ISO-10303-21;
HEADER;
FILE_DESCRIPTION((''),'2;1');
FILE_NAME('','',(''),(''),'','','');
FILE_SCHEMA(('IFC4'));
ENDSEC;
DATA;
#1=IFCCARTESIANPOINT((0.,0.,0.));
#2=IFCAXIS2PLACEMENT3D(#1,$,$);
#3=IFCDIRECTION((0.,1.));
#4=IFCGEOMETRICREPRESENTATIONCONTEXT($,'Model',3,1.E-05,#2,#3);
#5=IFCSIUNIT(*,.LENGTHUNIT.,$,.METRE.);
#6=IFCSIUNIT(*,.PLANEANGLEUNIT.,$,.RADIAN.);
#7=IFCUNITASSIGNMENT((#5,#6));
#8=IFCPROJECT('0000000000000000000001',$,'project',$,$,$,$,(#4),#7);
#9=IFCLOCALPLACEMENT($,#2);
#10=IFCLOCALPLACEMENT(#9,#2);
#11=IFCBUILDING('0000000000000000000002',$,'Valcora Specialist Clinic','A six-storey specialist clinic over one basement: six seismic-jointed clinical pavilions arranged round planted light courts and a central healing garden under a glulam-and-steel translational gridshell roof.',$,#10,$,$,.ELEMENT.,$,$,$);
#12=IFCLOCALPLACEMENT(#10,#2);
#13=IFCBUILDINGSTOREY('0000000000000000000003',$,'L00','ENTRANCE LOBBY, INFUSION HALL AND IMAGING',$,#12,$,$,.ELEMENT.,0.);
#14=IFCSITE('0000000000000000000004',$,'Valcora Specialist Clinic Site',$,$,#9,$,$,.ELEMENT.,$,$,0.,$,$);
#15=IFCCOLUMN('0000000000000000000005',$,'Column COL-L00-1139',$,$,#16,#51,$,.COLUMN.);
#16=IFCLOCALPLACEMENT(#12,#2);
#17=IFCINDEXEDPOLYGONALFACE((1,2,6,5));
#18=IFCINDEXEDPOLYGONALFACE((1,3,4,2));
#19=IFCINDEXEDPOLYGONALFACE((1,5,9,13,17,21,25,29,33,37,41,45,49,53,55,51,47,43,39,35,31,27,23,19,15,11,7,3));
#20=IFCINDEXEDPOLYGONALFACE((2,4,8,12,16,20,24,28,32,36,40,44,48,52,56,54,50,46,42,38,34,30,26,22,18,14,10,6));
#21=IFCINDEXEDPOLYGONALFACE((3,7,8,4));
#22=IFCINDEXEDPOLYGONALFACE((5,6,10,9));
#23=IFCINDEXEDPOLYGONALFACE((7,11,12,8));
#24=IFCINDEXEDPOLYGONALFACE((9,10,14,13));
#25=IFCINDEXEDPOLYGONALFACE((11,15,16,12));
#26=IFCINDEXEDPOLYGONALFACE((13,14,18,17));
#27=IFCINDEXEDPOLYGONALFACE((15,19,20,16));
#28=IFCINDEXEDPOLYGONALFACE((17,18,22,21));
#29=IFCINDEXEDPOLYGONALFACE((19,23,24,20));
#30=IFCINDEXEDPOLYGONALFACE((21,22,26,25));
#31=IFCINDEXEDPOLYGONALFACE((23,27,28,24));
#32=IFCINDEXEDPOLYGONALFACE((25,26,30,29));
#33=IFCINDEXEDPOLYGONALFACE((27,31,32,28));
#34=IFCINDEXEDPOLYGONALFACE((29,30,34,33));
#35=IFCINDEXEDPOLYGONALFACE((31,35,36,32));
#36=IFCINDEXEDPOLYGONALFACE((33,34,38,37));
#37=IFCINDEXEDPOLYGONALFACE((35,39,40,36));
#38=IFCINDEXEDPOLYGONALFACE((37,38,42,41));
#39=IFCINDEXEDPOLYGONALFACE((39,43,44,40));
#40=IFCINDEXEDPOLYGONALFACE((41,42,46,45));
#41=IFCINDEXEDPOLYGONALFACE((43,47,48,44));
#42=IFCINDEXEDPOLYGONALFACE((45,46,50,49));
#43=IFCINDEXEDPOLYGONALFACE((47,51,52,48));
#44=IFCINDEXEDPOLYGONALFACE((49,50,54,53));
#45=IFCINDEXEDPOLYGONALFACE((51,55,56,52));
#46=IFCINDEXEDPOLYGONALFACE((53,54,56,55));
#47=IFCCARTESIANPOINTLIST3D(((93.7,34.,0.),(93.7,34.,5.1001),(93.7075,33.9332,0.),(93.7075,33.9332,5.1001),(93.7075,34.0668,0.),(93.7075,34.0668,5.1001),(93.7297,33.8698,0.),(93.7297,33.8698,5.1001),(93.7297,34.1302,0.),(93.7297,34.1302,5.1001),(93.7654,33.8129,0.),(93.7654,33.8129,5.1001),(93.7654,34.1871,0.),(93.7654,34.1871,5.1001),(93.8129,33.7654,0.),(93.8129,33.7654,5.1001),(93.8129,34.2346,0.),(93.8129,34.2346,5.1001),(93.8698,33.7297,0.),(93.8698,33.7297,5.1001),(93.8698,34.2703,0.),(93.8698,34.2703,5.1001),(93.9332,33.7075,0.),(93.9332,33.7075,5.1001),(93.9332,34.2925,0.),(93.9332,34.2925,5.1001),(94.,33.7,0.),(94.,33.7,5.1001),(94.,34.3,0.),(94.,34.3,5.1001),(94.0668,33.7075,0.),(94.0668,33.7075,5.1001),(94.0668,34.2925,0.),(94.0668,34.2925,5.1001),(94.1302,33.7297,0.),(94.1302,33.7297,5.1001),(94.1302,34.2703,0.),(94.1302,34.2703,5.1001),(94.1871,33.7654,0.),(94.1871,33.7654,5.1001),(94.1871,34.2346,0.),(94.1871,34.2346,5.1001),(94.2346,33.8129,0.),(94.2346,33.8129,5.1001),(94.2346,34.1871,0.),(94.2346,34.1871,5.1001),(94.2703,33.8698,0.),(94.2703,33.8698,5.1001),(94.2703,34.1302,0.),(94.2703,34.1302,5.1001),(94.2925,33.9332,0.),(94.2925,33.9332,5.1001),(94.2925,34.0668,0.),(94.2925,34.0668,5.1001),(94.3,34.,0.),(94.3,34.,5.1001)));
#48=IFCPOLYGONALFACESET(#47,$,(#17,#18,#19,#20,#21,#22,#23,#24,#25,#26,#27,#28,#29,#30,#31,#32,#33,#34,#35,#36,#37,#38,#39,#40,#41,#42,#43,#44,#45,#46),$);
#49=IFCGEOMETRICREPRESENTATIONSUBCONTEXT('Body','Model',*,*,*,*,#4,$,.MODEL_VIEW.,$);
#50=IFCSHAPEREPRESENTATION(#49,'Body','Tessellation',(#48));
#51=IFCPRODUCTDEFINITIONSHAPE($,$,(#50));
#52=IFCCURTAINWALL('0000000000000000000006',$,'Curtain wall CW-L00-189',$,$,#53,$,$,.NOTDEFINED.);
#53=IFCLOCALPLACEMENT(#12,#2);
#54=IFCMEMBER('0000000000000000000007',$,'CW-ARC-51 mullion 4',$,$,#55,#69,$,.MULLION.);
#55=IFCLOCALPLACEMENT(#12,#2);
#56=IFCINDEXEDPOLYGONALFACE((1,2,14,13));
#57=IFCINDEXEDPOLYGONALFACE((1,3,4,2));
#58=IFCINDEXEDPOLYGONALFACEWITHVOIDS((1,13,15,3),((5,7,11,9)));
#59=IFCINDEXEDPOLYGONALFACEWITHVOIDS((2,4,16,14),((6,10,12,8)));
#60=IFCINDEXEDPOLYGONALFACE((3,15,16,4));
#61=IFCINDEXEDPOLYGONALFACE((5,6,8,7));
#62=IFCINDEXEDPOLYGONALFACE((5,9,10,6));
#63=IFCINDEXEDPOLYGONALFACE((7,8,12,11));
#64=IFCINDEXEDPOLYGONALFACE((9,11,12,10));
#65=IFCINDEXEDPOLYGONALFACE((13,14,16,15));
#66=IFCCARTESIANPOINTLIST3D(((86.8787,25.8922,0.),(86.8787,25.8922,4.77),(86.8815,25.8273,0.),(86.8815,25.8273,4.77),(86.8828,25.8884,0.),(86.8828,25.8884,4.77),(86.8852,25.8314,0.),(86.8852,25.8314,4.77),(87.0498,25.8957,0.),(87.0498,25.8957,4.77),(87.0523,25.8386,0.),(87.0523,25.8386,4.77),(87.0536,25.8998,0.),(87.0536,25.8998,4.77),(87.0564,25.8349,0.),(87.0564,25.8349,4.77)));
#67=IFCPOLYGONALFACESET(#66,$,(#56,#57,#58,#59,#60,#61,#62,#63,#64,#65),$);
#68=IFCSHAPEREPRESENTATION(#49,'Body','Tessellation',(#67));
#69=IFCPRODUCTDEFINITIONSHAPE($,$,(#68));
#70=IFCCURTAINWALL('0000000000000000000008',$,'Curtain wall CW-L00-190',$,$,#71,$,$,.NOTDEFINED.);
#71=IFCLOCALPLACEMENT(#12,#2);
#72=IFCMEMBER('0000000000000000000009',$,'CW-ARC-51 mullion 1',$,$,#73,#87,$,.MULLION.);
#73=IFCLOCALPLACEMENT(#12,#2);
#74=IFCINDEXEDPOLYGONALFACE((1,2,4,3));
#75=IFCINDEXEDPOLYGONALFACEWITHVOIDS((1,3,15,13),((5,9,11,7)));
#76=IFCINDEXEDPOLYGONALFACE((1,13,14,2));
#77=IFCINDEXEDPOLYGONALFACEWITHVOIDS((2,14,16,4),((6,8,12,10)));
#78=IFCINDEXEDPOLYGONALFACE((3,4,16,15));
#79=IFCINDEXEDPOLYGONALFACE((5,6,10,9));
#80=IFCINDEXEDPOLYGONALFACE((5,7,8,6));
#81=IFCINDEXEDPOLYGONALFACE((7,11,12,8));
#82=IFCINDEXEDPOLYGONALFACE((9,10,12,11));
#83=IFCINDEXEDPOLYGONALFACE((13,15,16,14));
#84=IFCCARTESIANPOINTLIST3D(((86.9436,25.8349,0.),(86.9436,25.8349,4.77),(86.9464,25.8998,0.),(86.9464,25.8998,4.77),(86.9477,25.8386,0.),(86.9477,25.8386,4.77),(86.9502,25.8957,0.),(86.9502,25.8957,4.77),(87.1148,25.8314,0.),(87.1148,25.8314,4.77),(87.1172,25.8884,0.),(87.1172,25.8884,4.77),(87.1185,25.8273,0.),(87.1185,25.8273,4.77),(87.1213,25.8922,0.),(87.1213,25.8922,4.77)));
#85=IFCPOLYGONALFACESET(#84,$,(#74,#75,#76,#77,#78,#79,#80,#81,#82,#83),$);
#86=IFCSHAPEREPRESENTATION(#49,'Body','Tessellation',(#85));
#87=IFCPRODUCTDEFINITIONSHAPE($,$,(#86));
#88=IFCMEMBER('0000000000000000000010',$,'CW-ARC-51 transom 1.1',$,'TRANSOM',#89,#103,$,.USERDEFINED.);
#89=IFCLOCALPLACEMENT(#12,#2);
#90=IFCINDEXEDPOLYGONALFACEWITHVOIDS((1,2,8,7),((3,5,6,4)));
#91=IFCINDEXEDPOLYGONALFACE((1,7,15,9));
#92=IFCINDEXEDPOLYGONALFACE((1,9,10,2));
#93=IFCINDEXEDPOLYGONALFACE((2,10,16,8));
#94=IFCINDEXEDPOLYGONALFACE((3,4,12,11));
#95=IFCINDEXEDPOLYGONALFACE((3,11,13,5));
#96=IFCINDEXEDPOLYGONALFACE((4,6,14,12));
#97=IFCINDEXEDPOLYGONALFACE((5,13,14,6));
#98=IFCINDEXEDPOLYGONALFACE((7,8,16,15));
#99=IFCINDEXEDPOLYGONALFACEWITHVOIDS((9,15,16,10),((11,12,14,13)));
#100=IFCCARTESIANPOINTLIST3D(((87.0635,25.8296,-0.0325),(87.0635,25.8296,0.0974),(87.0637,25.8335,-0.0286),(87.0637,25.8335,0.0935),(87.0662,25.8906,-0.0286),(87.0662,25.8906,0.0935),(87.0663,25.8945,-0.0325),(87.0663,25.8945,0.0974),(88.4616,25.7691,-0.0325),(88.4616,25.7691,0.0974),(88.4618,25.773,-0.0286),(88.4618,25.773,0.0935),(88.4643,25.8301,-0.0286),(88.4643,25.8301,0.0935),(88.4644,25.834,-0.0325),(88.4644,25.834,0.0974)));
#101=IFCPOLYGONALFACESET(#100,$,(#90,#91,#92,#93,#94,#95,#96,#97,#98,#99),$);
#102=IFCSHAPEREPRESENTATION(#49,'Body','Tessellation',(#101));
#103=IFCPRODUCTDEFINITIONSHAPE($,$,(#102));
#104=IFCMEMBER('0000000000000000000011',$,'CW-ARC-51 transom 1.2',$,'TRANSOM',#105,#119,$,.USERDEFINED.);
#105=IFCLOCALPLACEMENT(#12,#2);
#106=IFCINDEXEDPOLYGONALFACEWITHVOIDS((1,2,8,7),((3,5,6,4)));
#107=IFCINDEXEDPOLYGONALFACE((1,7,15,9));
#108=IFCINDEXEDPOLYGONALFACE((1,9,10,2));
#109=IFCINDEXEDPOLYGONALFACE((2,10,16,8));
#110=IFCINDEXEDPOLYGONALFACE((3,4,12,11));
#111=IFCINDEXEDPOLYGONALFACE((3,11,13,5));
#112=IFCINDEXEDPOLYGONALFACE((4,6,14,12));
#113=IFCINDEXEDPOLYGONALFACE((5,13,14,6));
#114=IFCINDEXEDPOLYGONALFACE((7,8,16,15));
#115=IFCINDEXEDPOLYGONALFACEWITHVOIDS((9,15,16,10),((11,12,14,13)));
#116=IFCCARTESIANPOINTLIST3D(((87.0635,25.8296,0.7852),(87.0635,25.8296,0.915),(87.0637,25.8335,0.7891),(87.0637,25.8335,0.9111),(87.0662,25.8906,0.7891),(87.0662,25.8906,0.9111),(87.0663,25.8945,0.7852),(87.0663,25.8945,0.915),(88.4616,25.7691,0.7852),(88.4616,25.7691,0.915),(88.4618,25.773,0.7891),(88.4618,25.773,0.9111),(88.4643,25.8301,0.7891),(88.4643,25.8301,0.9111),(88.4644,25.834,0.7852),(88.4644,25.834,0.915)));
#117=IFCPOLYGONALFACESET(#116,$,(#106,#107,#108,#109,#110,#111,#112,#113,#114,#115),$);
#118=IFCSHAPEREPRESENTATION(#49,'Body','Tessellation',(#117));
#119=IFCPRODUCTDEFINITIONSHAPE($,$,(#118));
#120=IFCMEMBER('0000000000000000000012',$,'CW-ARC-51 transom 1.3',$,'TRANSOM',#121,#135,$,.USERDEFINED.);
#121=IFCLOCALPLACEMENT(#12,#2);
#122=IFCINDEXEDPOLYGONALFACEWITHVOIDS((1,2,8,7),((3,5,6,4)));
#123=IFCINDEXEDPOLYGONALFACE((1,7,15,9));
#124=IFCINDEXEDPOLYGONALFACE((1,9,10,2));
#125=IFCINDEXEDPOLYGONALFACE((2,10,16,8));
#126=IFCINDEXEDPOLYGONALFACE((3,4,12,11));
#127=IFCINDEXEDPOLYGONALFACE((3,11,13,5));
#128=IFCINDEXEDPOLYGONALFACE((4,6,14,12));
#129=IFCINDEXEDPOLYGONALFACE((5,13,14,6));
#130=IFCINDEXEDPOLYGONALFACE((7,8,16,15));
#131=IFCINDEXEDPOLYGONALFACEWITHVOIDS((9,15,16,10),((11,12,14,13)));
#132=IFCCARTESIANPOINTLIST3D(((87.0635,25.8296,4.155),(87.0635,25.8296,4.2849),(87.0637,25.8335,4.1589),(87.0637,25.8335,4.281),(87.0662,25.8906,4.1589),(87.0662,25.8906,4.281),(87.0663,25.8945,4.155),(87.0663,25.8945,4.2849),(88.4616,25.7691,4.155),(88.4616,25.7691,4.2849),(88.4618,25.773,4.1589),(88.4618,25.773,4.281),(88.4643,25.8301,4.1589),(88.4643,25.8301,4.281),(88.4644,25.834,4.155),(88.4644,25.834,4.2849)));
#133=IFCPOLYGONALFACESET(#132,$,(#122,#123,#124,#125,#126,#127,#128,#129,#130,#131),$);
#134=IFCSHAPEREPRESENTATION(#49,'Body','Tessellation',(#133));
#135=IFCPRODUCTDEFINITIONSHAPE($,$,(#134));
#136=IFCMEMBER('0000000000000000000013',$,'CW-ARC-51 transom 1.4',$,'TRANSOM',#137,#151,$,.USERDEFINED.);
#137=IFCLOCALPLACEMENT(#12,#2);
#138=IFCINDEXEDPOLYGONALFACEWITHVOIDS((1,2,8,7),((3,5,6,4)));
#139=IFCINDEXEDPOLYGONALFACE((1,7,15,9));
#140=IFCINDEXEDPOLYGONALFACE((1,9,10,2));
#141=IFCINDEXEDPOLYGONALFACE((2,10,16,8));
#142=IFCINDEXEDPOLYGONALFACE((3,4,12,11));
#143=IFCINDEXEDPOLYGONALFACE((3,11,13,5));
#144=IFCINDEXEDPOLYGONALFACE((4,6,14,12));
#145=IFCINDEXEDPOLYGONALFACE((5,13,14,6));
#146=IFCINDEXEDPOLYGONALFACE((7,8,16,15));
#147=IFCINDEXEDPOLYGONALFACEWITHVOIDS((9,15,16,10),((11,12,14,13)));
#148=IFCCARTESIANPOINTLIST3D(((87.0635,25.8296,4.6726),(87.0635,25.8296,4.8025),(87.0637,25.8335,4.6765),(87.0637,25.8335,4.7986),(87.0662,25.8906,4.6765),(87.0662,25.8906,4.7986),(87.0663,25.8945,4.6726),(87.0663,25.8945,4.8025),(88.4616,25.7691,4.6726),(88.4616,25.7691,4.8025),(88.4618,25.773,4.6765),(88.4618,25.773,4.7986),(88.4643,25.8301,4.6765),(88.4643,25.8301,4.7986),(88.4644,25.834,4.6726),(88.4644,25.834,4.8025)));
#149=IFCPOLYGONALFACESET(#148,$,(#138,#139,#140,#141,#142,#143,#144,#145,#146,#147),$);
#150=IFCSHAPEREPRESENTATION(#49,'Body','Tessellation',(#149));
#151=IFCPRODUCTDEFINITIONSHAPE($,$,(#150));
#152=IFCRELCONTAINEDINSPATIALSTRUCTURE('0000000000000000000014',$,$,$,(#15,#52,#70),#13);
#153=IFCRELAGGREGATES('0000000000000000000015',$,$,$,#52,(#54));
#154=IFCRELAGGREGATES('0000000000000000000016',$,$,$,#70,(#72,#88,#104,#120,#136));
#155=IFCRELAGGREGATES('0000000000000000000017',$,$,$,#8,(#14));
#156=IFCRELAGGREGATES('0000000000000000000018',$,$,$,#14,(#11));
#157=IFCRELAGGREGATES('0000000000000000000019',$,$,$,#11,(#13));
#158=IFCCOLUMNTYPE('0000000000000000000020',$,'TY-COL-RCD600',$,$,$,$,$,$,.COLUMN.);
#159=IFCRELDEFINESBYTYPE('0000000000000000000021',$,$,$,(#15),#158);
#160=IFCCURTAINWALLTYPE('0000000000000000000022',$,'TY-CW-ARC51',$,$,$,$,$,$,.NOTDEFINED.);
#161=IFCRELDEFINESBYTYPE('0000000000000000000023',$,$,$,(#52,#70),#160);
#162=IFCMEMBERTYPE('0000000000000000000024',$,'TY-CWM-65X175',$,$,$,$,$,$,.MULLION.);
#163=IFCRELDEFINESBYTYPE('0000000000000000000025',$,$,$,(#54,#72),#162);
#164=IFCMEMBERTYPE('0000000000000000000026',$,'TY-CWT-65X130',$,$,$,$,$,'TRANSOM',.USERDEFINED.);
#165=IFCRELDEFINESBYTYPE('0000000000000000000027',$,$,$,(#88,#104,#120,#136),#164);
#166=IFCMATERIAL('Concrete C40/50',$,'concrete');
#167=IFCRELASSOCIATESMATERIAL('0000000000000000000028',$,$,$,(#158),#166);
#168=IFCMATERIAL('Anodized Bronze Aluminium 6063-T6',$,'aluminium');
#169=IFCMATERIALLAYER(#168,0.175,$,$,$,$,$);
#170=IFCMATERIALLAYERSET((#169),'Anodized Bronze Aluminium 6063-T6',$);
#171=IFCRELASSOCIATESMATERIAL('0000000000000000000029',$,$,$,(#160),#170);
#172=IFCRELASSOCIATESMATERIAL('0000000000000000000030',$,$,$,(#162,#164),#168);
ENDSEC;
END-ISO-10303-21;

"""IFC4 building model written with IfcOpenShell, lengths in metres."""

from ifc_helpers import new_model, si_unit, direction, frame, origin, origin_2d, place, context, subcontext, project, spatial, hollow_rectangle, circle, extrude, material, layer, layer_set, material_profile, profile_set, type_object, element, aggregate, save


model = new_model("IFC4")

# Units and contexts
model_context = context("Model", 3, precision=1e-05, world=origin(), true_north=direction((0.0, 1.0)))
body_context = subcontext(model_context, "Body", "Model", "MODEL_VIEW")
ifc_project = project(units=[si_unit("LENGTHUNIT", "METRE"), si_unit("PLANEANGLEUNIT", "RADIAN")], contexts=[model_context])

# Site, building, storey
site_placement = place(None, origin())
site = spatial("IfcSite", under=ifc_project, at=site_placement, Name="Valcora Specialist Clinic Site", CompositionType="ELEMENT", RefElevation=0.0)
building_placement = place(site_placement, origin())
building = spatial("IfcBuilding", under=site, at=building_placement, Name="Valcora Specialist Clinic", Description="A six-storey specialist clinic over one basement: six seismic-jointed clinical pavilions arranged round planted light courts and a central healing garden under a glulam-and-steel translational gridshell roof.", CompositionType="ELEMENT")
storey_placement = place(building_placement, origin())
storey = spatial("IfcBuildingStorey", under=building, at=storey_placement, Name="L00", Description="ENTRANCE LOBBY, INFUSION HALL AND IMAGING", CompositionType="ELEMENT", Elevation=0.0)

# Column
ifc_material_1 = material(Name="Concrete C40/50", Category="concrete")
ifc_material_profile_1 = material_profile(ifc_material_1, circle(Radius=0.3, at=origin_2d()), Name="RC-COL-D600")
ifc_profile_set_1 = profile_set([ifc_material_profile_1], Name="Concrete C40/50")
column_type = type_object("IfcColumnType", Name="TY-COL-RCD600", PredefinedType="COLUMN", material=ifc_profile_set_1)
column_placement = place(storey_placement, frame((94.0, 34.0, 0.0), z_axis=(0.0, 0.0, 1.0), x_axis=(1.0, 0.0, 0.0)))
element("IfcColumn", 1, at=column_placement, inside=storey, type_object=column_type, Name="Column COL-L00-1139", PredefinedType="COLUMN", context=body_context, shape_type="SweptSolid", body=[
    extrude(circle(Radius=0.3, at=origin_2d()), origin(), (0.0, 0.0, 1.0), 5.1001),
])

# Curtain wall, member
ifc_material_2 = material(Name="Anodized Bronze Aluminium 6063-T6", Category="aluminium")
ifc_layer_1 = layer(ifc_material_2, 0.175)
ifc_layer_set_1 = layer_set([ifc_layer_1], Name="Anodized Bronze Aluminium 6063-T6")
curtain_wall_type = type_object("IfcCurtainWallType", Name="TY-CW-ARC51", PredefinedType="NOTDEFINED", material=ifc_layer_set_1)
curtain_wall_1_placement = place(storey_placement, origin())
curtain_wall_1 = element("IfcCurtainWall", 2, at=curtain_wall_1_placement, inside=storey, type_object=curtain_wall_type, Name="Curtain wall CW-L00-189", PredefinedType="NOTDEFINED")
ifc_material_profile_2 = material_profile(ifc_material_2, hollow_rectangle(XDim=0.0649, YDim=0.175, WallThickness=0.0039, at=origin_2d()), Name="AL-MUL-65X175")
ifc_profile_set_2 = profile_set([ifc_material_profile_2], Name="Anodized Bronze Aluminium 6063-T6")
member_type_1 = type_object("IfcMemberType", Name="TY-CWM-65X175", PredefinedType="MULLION", material=ifc_profile_set_2)
member_1_placement = place(storey_placement, frame((86.9675, 25.8635, 0.0), z_axis=(0.0, 0.0, 1.0), x_axis=(-0.043307, 0.999062, 0.0)))
member_1 = element("IfcMember", 3, at=member_1_placement, type_object=member_type_1, Name="CW-ARC-51 mullion 4", PredefinedType="MULLION", context=body_context, shape_type="SweptSolid", body=[
    extrude(hollow_rectangle(XDim=0.0649, YDim=0.175, WallThickness=0.0039, at=origin_2d()), origin(), (0.0, 0.0, 1.0), 4.77),
])
aggregate(curtain_wall_1, [member_1])

# Curtain wall, members
curtain_wall_2_placement = place(storey_placement, origin())
curtain_wall_2 = element("IfcCurtainWall", 4, at=curtain_wall_2_placement, inside=storey, type_object=curtain_wall_type, Name="Curtain wall CW-L00-190", PredefinedType="NOTDEFINED")
member_2_placement = place(storey_placement, frame((87.0325, 25.8635, 0.0), z_axis=(0.0, 0.0, 1.0), x_axis=(0.043307, 0.999062, 0.0)))
member_2 = element("IfcMember", 5, at=member_2_placement, type_object=member_type_1, Name="CW-ARC-51 mullion 1", PredefinedType="MULLION", context=body_context, shape_type="SweptSolid", body=[
    extrude(hollow_rectangle(XDim=0.0649, YDim=0.175, WallThickness=0.0039, at=origin_2d()), origin(), (0.0, 0.0, 1.0), 4.77),
])
ifc_material_profile_3 = material_profile(ifc_material_2, hollow_rectangle(XDim=0.0649, YDim=0.1299, WallThickness=0.0039, at=origin_2d()), Name="AL-TRN-65X130")
ifc_profile_set_3 = profile_set([ifc_material_profile_3], Name="Anodized Bronze Aluminium 6063-T6")
member_type_2 = type_object("IfcMemberType", Name="TY-CWT-65X130", ElementType="TRANSOM", PredefinedType="USERDEFINED", material=ifc_profile_set_3)
member_3_placement = place(storey_placement, frame((87.0649, 25.8621, 0.0325), z_axis=(0.999064, -0.043263, 0.0), x_axis=(0.043263, 0.999064, 0.0)))
member_3 = element("IfcMember", 6, at=member_3_placement, type_object=member_type_2, Name="CW-ARC-51 transom 1.1", ObjectType="TRANSOM", PredefinedType="USERDEFINED", context=body_context, shape_type="SweptSolid", body=[
    extrude(hollow_rectangle(XDim=0.0649, YDim=0.1299, WallThickness=0.0039, at=origin_2d()), origin(), (0.0, 0.0, 1.0), 1.3994),
])
member_4_placement = place(storey_placement, frame((87.0649, 25.8621, 0.8501), z_axis=(0.999064, -0.043263, 0.0), x_axis=(0.043263, 0.999064, 0.0)))
member_4 = element("IfcMember", 7, at=member_4_placement, type_object=member_type_2, Name="CW-ARC-51 transom 1.2", ObjectType="TRANSOM", PredefinedType="USERDEFINED", context=body_context, shape_type="SweptSolid", body=[
    extrude(hollow_rectangle(XDim=0.0649, YDim=0.1299, WallThickness=0.0039, at=origin_2d()), origin(), (0.0, 0.0, 1.0), 1.3994),
])
member_5_placement = place(storey_placement, frame((87.0649, 25.8621, 4.22), z_axis=(0.999064, -0.043263, 0.0), x_axis=(0.043263, 0.999064, 0.0)))
member_5 = element("IfcMember", 8, at=member_5_placement, type_object=member_type_2, Name="CW-ARC-51 transom 1.3", ObjectType="TRANSOM", PredefinedType="USERDEFINED", context=body_context, shape_type="SweptSolid", body=[
    extrude(hollow_rectangle(XDim=0.0649, YDim=0.1299, WallThickness=0.0039, at=origin_2d()), origin(), (0.0, 0.0, 1.0), 1.3994),
])
member_6_placement = place(storey_placement, frame((87.0649, 25.8621, 4.7375), z_axis=(0.999064, -0.043263, 0.0), x_axis=(0.043263, 0.999064, 0.0)))
member_6 = element("IfcMember", 9, at=member_6_placement, type_object=member_type_2, Name="CW-ARC-51 transom 1.4", ObjectType="TRANSOM", PredefinedType="USERDEFINED", context=body_context, shape_type="SweptSolid", body=[
    extrude(hollow_rectangle(XDim=0.0649, YDim=0.1299, WallThickness=0.0039, at=origin_2d()), origin(), (0.0, 0.0, 1.0), 1.3994),
])

aggregate(curtain_wall_2, [member_2, member_3, member_4, member_5, member_6])

save(model, "model.ifc")
